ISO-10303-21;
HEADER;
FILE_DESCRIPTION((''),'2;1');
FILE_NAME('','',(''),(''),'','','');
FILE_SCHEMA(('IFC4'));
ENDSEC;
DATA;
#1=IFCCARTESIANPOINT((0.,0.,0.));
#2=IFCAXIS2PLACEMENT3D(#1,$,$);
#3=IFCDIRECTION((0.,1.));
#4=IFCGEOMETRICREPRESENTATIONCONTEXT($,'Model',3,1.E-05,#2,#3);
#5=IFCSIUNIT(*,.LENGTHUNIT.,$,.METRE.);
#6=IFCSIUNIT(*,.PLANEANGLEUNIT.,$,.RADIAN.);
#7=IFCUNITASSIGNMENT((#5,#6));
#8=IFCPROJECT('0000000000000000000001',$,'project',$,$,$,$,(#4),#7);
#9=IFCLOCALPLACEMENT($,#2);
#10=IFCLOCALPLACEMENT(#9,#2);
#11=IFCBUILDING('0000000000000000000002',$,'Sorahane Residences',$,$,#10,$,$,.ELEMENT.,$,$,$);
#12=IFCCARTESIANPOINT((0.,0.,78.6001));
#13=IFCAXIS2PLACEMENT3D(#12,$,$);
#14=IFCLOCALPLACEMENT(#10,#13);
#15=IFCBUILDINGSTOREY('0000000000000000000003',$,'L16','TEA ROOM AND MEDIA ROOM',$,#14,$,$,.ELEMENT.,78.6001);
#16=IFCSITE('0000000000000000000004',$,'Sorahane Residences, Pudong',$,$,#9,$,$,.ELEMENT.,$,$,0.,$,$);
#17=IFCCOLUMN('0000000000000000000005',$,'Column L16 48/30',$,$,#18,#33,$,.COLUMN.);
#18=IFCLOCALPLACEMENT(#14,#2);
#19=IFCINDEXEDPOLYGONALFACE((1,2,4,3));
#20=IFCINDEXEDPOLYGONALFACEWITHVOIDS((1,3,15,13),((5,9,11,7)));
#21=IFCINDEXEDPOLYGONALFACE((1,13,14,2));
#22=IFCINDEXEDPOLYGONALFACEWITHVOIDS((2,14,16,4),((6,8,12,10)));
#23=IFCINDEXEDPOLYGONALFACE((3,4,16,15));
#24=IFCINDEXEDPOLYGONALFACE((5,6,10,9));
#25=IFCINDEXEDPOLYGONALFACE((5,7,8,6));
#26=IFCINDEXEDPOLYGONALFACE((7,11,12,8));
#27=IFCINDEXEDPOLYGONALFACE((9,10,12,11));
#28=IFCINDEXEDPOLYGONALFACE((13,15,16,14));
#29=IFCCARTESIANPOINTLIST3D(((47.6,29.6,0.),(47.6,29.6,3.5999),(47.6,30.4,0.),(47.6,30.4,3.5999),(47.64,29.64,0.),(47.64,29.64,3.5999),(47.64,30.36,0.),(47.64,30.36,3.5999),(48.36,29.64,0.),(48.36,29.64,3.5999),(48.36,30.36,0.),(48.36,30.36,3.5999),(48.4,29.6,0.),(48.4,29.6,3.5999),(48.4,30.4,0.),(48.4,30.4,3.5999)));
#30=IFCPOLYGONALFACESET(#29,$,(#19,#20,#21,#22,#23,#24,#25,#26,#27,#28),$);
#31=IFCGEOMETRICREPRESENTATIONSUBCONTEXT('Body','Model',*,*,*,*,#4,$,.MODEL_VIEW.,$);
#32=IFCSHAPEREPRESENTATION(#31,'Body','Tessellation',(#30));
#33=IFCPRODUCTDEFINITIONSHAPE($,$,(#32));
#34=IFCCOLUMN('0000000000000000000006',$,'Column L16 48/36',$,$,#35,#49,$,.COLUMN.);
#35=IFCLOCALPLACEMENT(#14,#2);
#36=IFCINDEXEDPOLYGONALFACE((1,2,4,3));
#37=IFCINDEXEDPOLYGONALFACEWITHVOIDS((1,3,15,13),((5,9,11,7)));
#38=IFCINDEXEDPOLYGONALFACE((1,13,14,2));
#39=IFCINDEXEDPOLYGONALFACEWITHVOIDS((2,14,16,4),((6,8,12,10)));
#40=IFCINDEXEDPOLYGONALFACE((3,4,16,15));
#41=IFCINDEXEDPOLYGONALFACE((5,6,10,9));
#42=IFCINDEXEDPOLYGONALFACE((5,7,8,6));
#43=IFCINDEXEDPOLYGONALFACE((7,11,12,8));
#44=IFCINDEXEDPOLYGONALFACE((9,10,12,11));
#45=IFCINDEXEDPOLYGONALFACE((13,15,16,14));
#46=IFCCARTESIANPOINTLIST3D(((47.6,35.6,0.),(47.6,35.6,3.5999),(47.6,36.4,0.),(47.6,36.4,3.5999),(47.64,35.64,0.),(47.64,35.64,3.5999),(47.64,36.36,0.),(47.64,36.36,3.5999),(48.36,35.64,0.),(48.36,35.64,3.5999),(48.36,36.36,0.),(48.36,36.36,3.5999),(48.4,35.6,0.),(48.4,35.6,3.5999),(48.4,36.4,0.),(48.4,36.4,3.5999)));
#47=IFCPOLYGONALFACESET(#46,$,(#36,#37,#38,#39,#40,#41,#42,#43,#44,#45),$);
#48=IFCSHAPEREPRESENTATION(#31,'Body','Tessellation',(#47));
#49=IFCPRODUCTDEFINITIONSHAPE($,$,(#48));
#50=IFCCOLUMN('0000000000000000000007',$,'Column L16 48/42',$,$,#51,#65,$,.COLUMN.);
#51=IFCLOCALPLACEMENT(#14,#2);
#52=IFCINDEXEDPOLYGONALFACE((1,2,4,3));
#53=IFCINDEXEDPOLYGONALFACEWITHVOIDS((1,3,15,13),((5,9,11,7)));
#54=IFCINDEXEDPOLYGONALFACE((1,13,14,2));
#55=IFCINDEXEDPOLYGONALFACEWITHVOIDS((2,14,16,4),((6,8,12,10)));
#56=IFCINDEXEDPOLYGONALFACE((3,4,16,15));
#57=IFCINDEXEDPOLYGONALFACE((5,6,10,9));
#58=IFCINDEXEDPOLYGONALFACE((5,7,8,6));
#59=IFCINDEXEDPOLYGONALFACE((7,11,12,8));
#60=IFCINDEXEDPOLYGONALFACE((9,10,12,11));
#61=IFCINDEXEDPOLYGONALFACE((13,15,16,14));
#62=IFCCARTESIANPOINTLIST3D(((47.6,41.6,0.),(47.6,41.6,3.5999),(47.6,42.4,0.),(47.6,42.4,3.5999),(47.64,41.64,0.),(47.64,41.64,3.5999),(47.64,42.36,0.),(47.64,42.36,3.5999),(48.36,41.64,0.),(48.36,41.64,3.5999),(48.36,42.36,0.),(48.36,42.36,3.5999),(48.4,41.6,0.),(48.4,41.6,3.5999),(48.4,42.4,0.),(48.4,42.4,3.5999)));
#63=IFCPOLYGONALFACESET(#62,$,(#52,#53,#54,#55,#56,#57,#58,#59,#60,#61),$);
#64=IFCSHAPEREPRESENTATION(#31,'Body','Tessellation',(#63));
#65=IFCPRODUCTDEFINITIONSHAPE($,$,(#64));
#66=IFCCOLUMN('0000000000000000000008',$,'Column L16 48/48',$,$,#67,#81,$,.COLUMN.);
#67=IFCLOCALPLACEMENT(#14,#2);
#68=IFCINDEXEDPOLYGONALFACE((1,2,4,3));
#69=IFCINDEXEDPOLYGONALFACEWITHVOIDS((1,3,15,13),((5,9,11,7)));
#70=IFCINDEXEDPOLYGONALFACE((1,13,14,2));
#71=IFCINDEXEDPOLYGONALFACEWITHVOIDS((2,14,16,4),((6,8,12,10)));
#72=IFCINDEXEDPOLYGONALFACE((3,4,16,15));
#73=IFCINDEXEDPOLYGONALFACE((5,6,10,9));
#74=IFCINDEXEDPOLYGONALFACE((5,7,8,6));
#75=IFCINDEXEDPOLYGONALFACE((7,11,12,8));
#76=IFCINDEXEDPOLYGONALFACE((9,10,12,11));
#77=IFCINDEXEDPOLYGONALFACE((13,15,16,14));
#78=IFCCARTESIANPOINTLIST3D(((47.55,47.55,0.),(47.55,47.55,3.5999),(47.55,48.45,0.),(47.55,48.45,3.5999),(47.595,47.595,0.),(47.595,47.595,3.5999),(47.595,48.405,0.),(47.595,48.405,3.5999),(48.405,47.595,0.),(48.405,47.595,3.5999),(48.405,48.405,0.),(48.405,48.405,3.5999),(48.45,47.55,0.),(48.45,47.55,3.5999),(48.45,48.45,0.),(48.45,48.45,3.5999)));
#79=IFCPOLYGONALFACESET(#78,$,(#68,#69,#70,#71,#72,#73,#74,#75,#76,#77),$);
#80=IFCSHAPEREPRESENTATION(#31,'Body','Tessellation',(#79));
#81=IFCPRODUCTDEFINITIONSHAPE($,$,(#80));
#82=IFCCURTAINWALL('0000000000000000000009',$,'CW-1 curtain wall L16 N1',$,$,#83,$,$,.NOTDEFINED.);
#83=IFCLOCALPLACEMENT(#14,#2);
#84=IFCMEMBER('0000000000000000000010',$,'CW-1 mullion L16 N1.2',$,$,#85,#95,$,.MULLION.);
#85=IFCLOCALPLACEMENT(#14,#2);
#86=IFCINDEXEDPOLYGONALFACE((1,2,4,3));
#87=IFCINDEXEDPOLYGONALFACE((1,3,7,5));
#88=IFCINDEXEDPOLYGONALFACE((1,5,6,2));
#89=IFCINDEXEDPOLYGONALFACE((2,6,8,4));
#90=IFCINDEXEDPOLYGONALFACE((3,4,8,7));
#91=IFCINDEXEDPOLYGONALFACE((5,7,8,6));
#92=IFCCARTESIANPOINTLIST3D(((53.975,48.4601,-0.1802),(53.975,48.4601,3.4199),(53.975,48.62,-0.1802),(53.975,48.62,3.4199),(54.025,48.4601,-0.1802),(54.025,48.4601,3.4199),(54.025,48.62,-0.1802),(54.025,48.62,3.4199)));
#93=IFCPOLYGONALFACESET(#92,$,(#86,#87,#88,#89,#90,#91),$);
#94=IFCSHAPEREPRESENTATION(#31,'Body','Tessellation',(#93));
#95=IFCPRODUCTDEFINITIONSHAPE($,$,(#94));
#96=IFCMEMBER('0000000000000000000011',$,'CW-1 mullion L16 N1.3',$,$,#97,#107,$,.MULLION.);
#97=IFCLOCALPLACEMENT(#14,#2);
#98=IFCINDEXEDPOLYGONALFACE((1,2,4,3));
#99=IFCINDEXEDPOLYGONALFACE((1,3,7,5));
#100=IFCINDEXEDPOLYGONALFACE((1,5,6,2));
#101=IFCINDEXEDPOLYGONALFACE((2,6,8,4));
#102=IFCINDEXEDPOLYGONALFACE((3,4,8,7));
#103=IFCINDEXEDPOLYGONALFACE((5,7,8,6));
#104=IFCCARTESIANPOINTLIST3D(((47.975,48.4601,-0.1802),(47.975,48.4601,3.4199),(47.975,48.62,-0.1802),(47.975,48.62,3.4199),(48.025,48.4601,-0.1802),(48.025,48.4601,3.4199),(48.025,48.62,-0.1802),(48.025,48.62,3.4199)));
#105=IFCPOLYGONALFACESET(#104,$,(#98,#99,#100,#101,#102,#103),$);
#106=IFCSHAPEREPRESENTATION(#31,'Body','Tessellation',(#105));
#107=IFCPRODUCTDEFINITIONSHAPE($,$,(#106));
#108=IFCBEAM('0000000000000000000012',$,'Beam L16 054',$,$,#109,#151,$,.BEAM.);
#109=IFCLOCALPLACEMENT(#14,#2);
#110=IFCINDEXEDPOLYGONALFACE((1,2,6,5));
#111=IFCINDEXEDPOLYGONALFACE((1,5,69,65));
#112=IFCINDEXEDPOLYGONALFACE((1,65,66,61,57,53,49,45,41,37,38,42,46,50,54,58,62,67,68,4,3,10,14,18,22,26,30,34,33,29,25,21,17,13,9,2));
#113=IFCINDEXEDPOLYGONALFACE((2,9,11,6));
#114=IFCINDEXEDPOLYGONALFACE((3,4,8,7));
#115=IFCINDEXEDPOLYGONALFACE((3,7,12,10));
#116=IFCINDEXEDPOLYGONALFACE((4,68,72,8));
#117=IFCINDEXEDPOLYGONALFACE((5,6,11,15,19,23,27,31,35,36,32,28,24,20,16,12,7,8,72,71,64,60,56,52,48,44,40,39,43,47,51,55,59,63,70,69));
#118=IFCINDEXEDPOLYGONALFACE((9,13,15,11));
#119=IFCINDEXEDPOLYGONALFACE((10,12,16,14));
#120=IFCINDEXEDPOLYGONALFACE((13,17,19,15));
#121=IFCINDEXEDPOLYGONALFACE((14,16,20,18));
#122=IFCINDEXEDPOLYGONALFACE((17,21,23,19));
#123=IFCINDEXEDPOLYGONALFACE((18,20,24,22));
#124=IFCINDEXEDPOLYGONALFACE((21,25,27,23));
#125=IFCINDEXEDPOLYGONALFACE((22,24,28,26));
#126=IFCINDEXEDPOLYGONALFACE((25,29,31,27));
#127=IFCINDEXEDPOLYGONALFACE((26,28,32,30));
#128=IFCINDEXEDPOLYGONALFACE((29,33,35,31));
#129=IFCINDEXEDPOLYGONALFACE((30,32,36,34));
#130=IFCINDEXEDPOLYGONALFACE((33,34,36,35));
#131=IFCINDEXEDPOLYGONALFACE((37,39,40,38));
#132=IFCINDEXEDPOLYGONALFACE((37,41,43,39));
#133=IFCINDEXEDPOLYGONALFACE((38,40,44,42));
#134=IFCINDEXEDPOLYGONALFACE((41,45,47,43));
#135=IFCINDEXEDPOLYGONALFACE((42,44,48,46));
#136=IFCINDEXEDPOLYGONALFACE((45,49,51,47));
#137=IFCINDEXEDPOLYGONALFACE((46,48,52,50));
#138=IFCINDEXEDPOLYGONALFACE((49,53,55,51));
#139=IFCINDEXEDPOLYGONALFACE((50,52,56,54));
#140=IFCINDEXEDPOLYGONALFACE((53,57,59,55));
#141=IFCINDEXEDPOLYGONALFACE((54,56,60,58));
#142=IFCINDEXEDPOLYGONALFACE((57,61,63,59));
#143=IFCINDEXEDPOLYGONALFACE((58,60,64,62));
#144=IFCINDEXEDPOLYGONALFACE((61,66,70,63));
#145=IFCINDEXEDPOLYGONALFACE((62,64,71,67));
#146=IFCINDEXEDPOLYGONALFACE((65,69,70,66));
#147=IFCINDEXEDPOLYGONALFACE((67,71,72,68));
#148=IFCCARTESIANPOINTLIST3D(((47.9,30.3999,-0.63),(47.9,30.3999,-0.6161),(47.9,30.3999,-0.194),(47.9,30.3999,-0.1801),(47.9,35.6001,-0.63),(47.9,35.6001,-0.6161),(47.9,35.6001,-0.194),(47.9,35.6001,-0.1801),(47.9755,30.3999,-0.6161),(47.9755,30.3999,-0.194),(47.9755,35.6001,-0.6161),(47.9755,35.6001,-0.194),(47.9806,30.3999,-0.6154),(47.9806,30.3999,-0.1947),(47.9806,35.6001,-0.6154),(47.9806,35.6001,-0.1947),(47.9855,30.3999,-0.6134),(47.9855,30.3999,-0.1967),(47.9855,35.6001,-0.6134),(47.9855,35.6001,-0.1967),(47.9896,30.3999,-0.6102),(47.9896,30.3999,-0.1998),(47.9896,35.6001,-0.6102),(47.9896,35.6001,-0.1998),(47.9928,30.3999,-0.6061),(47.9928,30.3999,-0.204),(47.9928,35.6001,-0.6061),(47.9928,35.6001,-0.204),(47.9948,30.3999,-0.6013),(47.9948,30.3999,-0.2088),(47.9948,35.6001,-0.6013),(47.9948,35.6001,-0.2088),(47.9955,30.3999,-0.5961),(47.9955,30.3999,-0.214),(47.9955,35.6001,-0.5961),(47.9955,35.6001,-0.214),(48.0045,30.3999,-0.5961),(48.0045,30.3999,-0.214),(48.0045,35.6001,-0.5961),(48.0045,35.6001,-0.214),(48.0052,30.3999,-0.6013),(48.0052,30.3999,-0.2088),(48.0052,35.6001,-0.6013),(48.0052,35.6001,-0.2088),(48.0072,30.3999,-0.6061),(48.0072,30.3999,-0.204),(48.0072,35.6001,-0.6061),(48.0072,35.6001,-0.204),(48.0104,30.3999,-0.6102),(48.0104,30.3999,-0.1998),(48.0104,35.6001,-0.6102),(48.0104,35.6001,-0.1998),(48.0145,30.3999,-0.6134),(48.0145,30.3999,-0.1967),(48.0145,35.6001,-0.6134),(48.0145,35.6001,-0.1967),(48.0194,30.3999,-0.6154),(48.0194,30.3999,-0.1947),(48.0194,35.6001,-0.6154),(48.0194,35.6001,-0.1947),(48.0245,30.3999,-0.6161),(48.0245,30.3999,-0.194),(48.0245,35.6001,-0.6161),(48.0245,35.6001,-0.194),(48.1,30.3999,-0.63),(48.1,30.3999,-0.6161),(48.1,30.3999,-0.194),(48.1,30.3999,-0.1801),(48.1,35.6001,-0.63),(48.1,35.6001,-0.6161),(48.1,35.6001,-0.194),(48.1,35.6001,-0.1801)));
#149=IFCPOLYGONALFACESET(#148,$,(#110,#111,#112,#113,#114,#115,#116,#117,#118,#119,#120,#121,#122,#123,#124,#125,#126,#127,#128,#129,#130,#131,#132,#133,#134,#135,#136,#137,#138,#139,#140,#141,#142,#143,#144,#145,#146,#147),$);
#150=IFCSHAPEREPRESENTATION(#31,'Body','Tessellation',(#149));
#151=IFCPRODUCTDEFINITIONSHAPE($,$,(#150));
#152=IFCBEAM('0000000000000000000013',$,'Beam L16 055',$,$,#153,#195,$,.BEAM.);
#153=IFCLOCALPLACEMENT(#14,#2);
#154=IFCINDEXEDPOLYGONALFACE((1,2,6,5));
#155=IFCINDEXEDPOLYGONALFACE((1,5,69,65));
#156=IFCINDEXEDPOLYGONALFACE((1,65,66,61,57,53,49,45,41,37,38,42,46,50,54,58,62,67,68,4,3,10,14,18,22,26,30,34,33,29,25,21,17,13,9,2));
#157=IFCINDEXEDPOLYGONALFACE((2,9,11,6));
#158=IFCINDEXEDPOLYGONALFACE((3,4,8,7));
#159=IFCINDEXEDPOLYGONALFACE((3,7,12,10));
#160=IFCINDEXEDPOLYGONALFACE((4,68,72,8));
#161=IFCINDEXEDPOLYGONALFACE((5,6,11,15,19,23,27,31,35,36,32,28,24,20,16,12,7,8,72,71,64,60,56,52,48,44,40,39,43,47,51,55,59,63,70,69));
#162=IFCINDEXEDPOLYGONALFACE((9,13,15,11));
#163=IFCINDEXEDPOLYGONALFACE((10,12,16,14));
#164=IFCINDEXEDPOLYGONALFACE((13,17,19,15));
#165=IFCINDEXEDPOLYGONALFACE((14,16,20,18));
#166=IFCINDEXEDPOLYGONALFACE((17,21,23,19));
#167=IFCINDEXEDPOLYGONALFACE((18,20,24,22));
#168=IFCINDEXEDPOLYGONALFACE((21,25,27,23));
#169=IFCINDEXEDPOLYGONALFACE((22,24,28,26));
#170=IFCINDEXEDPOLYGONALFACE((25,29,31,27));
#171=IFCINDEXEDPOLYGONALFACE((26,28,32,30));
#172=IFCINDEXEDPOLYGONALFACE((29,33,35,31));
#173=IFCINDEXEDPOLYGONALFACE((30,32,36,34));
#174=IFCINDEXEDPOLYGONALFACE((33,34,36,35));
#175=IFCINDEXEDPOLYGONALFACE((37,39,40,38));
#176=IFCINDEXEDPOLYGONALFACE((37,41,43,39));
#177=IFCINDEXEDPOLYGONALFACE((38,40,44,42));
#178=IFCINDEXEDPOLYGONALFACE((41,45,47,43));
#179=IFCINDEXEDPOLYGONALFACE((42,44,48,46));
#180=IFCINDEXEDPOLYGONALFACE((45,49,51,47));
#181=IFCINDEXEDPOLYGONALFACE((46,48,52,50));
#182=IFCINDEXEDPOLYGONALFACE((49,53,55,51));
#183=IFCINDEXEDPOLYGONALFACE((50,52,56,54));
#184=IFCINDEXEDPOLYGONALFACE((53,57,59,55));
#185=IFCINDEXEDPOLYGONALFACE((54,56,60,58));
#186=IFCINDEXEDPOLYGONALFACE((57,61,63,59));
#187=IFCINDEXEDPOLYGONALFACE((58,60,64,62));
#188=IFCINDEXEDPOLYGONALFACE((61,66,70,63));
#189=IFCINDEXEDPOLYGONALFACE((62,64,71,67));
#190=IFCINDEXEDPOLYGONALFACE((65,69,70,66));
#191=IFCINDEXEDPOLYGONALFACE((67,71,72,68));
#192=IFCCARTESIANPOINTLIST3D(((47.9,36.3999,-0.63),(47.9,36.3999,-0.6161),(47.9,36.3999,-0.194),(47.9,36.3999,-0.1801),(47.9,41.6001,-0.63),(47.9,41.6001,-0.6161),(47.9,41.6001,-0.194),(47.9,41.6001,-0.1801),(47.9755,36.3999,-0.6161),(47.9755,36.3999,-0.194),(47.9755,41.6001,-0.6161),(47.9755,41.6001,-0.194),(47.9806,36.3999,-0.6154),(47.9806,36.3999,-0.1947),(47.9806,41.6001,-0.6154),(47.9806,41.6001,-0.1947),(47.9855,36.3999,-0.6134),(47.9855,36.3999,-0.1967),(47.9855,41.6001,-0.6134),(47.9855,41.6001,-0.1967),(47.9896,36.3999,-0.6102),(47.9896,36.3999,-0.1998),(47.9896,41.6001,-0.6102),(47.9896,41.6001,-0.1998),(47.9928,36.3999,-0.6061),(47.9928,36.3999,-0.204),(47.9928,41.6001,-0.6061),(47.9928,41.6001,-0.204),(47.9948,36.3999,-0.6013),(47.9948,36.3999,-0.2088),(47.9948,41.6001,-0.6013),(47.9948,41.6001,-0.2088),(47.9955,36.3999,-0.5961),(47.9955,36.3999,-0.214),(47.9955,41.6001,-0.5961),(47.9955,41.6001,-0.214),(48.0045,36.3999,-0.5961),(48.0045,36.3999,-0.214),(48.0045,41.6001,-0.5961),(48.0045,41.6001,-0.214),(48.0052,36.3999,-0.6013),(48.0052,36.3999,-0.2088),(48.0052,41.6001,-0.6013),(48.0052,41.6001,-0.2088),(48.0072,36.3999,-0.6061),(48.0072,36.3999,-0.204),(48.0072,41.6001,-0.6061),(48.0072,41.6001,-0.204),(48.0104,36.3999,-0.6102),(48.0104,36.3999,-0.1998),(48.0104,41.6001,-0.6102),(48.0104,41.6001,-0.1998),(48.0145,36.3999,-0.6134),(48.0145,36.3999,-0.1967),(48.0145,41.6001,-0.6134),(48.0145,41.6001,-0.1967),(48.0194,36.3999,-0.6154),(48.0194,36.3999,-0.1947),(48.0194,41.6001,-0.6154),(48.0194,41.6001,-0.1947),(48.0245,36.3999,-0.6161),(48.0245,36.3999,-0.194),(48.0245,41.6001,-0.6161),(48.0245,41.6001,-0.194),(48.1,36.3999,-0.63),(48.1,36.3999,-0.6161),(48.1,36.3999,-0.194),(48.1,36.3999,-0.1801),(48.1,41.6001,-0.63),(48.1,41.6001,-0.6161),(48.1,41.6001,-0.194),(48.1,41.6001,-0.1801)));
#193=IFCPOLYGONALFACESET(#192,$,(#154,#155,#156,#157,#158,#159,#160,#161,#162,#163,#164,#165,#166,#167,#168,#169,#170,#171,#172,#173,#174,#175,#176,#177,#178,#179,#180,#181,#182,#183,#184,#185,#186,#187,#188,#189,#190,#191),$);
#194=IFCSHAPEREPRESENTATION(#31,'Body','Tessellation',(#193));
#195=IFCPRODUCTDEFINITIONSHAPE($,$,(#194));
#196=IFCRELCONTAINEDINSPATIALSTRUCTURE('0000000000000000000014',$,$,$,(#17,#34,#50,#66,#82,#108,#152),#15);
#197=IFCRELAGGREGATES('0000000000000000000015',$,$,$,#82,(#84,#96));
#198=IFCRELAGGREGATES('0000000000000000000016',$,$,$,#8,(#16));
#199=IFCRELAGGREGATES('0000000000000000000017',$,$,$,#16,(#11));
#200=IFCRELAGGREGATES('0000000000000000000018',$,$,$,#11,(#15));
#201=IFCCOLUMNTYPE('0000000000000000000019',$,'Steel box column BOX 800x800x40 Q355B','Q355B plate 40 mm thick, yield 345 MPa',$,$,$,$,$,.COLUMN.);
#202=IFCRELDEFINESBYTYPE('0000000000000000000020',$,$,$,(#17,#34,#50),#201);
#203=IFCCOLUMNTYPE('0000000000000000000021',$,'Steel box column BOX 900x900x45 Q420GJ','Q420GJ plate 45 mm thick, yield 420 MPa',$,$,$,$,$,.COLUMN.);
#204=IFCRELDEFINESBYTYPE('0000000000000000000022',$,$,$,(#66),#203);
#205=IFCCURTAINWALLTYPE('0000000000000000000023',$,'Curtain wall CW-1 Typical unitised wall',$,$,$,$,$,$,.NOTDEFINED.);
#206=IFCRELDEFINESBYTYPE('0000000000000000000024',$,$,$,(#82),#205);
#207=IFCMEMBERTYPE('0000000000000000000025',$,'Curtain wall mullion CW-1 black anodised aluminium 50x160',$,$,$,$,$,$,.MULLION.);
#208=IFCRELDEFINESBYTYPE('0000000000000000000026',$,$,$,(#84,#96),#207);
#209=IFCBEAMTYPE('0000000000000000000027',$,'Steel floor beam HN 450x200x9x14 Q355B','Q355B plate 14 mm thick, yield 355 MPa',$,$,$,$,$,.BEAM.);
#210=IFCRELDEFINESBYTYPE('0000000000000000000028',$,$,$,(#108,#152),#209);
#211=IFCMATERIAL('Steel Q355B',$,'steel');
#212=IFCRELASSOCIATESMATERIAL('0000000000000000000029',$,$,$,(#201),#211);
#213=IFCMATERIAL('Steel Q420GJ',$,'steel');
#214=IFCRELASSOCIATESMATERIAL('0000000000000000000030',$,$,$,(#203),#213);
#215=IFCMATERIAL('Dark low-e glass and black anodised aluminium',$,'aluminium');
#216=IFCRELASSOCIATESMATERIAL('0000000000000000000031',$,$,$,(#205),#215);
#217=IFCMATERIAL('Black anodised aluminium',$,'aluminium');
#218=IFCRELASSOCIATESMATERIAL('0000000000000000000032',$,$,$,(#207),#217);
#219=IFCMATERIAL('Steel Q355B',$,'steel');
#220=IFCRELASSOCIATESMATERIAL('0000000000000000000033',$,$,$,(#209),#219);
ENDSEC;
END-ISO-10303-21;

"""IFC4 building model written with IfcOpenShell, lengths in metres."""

from ifc_helpers import new_model, si_unit, direction, frame, origin, origin_2d, place, context, subcontext, project, spatial, rectangle, hollow_rectangle, i_section, extrude, material, material_profile, profile_set, type_object, element, aggregate, save


model = new_model("IFC4")

# Units and contexts
model_context = context("Model", 3, precision=1e-05, world=origin(), true_north=direction((0.0, 1.0)))
body_context = subcontext(model_context, "Body", "Model", "MODEL_VIEW")
ifc_project = project(units=[si_unit("LENGTHUNIT", "METRE"), si_unit("PLANEANGLEUNIT", "RADIAN")], contexts=[model_context])

# Site, building, storey
site_placement = place(None, origin())
site = spatial("IfcSite", under=ifc_project, at=site_placement, Name="Sorahane Residences, Pudong", CompositionType="ELEMENT", RefElevation=0.0)
building_placement = place(site_placement, origin())
building = spatial("IfcBuilding", under=site, at=building_placement, Name="Sorahane Residences", CompositionType="ELEMENT")
storey_placement = place(building_placement, frame((0.0, 0.0, 78.6001)))
storey = spatial("IfcBuildingStorey", under=building, at=storey_placement, Name="L16", Description="TEA ROOM AND MEDIA ROOM", CompositionType="ELEMENT", Elevation=78.6001)

# Columns
ifc_material_1 = material(Name="Steel Q355B", Category="steel")
ifc_material_profile_1 = material_profile(ifc_material_1, hollow_rectangle(XDim=0.8, YDim=0.8, WallThickness=0.04, at=origin_2d()), Name="BOX 800x800x40")
ifc_profile_set_1 = profile_set([ifc_material_profile_1], Name="Steel Q355B")
column_type_1 = type_object("IfcColumnType", Name="Steel box column BOX 800x800x40 Q355B", Description="Q355B plate 40 mm thick, yield 345 MPa", PredefinedType="COLUMN", material=ifc_profile_set_1)
for number, where, z_axis, x_axis, name in (
    (1, (48.0, 30.0, 0.0), (0.0, 0.0, 1.0), (1.0, 0.0, 0.0), "Column L16 48/30"),
    (2, (48.0, 36.0, 0.0), (0.0, 0.0, 1.0), (1.0, 0.0, 0.0), "Column L16 48/36"),
    (3, (48.0, 42.0, 0.0), (0.0, 0.0, 1.0), (1.0, 0.0, 0.0), "Column L16 48/42"),
):
    element("IfcColumn", number, at=place(storey_placement, frame(where, z_axis=z_axis, x_axis=x_axis)), inside=storey, type_object=column_type_1, Name=name, PredefinedType="COLUMN", context=body_context, shape_type="SweptSolid", body=[
        extrude(hollow_rectangle(XDim=0.8, YDim=0.8, WallThickness=0.04, at=origin_2d()), origin(), (0.0, 0.0, 1.0), 3.5999),
    ])
ifc_material_2 = material(Name="Steel Q420GJ", Category="steel")
ifc_material_profile_2 = material_profile(ifc_material_2, hollow_rectangle(XDim=0.8999, YDim=0.8999, WallThickness=0.0449, at=origin_2d()), Name="BOX 900x900x45")
ifc_profile_set_2 = profile_set([ifc_material_profile_2], Name="Steel Q420GJ")
column_type_2 = type_object("IfcColumnType", Name="Steel box column BOX 900x900x45 Q420GJ", Description="Q420GJ plate 45 mm thick, yield 420 MPa", PredefinedType="COLUMN", material=ifc_profile_set_2)
column_placement = place(storey_placement, frame((48.0, 48.0, 0.0), z_axis=(0.0, 0.0, 1.0), x_axis=(1.0, 0.0, 0.0)))
element("IfcColumn", 4, at=column_placement, inside=storey, type_object=column_type_2, Name="Column L16 48/48", PredefinedType="COLUMN", context=body_context, shape_type="SweptSolid", body=[
    extrude(hollow_rectangle(XDim=0.8999, YDim=0.8999, WallThickness=0.0449, at=origin_2d()), origin(), (0.0, 0.0, 1.0), 3.5999),
])

# Curtain wall, members
ifc_material_3 = material(Name="Dark low-e glass and black anodised aluminium", Category="aluminium")
curtain_wall_type = type_object("IfcCurtainWallType", Name="Curtain wall CW-1 Typical unitised wall", PredefinedType="NOTDEFINED", material=ifc_material_3)
curtain_wall_placement = place(storey_placement, origin())
curtain_wall = element("IfcCurtainWall", 5, at=curtain_wall_placement, inside=storey, type_object=curtain_wall_type, Name="CW-1 curtain wall L16 N1", PredefinedType="NOTDEFINED")
ifc_material_4 = material(Name="Black anodised aluminium", Category="aluminium")
ifc_material_profile_3 = material_profile(ifc_material_4, rectangle(XDim=0.1599, YDim=0.05, at=origin_2d()), Name="Curtain wall mullion CW-1 black anodised aluminium 50x160")
ifc_profile_set_3 = profile_set([ifc_material_profile_3], Name="Black anodised aluminium")
member_type = type_object("IfcMemberType", Name="Curtain wall mullion CW-1 black anodised aluminium 50x160", PredefinedType="MULLION", material=ifc_profile_set_3)
member_1_placement = place(storey_placement, frame((54.0, 48.54, -0.1802), z_axis=(0.0, 0.0, 1.0), x_axis=(0.0, 1.0, 0.0)))
member_1 = element("IfcMember", 6, at=member_1_placement, type_object=member_type, Name="CW-1 mullion L16 N1.2", PredefinedType="MULLION", context=body_context, shape_type="SweptSolid", body=[
    extrude(rectangle(XDim=0.1599, YDim=0.05, at=origin_2d()), origin(), (0.0, 0.0, 1.0), 3.6001),
])
member_2_placement = place(storey_placement, frame((48.0, 48.54, -0.1802), z_axis=(0.0, 0.0, 1.0), x_axis=(0.0, 1.0, 0.0)))
member_2 = element("IfcMember", 7, at=member_2_placement, type_object=member_type, Name="CW-1 mullion L16 N1.3", PredefinedType="MULLION", context=body_context, shape_type="SweptSolid", body=[
    extrude(rectangle(XDim=0.1599, YDim=0.05, at=origin_2d()), origin(), (0.0, 0.0, 1.0), 3.6001),
])

# Beams
ifc_material_5 = material(Name="Steel Q355B", Category="steel")
ifc_material_profile_4 = material_profile(ifc_material_5, i_section(OverallWidth=0.2, OverallDepth=0.45, WebThickness=0.009, FlangeThickness=0.0139, FilletRadius=0.02, at=origin_2d()), Name="HN 450x200x9x14")
ifc_profile_set_4 = profile_set([ifc_material_profile_4], Name="Steel Q355B")
beam_type_1 = type_object("IfcBeamType", Name="Steel floor beam HN 450x200x9x14 Q355B", Description="Q355B plate 14 mm thick, yield 355 MPa", PredefinedType="BEAM", material=ifc_profile_set_4)
for number, where, z_axis, x_axis, name in (
    (8, (48.0, 30.3999, -0.405), (0.0, 1.0, 0.0), (-1.0, 0.0, 0.0), "Beam L16 054"),
    (9, (48.0, 36.3999, -0.405), (0.0, 1.0, 0.0), (-1.0, 0.0, 0.0), "Beam L16 055"),
):
    element("IfcBeam", number, at=place(storey_placement, frame(where, z_axis=z_axis, x_axis=x_axis)), inside=storey, type_object=beam_type_1, Name=name, PredefinedType="BEAM", context=body_context, shape_type="SweptSolid", body=[
        extrude(i_section(OverallWidth=0.2, OverallDepth=0.45, WebThickness=0.009, FlangeThickness=0.0139, FilletRadius=0.02, at=origin_2d()), origin(), (0.0, 0.0, 1.0), 5.2002),
    ])

aggregate(curtain_wall, [member_1, member_2])

save(model, "model.ifc")
